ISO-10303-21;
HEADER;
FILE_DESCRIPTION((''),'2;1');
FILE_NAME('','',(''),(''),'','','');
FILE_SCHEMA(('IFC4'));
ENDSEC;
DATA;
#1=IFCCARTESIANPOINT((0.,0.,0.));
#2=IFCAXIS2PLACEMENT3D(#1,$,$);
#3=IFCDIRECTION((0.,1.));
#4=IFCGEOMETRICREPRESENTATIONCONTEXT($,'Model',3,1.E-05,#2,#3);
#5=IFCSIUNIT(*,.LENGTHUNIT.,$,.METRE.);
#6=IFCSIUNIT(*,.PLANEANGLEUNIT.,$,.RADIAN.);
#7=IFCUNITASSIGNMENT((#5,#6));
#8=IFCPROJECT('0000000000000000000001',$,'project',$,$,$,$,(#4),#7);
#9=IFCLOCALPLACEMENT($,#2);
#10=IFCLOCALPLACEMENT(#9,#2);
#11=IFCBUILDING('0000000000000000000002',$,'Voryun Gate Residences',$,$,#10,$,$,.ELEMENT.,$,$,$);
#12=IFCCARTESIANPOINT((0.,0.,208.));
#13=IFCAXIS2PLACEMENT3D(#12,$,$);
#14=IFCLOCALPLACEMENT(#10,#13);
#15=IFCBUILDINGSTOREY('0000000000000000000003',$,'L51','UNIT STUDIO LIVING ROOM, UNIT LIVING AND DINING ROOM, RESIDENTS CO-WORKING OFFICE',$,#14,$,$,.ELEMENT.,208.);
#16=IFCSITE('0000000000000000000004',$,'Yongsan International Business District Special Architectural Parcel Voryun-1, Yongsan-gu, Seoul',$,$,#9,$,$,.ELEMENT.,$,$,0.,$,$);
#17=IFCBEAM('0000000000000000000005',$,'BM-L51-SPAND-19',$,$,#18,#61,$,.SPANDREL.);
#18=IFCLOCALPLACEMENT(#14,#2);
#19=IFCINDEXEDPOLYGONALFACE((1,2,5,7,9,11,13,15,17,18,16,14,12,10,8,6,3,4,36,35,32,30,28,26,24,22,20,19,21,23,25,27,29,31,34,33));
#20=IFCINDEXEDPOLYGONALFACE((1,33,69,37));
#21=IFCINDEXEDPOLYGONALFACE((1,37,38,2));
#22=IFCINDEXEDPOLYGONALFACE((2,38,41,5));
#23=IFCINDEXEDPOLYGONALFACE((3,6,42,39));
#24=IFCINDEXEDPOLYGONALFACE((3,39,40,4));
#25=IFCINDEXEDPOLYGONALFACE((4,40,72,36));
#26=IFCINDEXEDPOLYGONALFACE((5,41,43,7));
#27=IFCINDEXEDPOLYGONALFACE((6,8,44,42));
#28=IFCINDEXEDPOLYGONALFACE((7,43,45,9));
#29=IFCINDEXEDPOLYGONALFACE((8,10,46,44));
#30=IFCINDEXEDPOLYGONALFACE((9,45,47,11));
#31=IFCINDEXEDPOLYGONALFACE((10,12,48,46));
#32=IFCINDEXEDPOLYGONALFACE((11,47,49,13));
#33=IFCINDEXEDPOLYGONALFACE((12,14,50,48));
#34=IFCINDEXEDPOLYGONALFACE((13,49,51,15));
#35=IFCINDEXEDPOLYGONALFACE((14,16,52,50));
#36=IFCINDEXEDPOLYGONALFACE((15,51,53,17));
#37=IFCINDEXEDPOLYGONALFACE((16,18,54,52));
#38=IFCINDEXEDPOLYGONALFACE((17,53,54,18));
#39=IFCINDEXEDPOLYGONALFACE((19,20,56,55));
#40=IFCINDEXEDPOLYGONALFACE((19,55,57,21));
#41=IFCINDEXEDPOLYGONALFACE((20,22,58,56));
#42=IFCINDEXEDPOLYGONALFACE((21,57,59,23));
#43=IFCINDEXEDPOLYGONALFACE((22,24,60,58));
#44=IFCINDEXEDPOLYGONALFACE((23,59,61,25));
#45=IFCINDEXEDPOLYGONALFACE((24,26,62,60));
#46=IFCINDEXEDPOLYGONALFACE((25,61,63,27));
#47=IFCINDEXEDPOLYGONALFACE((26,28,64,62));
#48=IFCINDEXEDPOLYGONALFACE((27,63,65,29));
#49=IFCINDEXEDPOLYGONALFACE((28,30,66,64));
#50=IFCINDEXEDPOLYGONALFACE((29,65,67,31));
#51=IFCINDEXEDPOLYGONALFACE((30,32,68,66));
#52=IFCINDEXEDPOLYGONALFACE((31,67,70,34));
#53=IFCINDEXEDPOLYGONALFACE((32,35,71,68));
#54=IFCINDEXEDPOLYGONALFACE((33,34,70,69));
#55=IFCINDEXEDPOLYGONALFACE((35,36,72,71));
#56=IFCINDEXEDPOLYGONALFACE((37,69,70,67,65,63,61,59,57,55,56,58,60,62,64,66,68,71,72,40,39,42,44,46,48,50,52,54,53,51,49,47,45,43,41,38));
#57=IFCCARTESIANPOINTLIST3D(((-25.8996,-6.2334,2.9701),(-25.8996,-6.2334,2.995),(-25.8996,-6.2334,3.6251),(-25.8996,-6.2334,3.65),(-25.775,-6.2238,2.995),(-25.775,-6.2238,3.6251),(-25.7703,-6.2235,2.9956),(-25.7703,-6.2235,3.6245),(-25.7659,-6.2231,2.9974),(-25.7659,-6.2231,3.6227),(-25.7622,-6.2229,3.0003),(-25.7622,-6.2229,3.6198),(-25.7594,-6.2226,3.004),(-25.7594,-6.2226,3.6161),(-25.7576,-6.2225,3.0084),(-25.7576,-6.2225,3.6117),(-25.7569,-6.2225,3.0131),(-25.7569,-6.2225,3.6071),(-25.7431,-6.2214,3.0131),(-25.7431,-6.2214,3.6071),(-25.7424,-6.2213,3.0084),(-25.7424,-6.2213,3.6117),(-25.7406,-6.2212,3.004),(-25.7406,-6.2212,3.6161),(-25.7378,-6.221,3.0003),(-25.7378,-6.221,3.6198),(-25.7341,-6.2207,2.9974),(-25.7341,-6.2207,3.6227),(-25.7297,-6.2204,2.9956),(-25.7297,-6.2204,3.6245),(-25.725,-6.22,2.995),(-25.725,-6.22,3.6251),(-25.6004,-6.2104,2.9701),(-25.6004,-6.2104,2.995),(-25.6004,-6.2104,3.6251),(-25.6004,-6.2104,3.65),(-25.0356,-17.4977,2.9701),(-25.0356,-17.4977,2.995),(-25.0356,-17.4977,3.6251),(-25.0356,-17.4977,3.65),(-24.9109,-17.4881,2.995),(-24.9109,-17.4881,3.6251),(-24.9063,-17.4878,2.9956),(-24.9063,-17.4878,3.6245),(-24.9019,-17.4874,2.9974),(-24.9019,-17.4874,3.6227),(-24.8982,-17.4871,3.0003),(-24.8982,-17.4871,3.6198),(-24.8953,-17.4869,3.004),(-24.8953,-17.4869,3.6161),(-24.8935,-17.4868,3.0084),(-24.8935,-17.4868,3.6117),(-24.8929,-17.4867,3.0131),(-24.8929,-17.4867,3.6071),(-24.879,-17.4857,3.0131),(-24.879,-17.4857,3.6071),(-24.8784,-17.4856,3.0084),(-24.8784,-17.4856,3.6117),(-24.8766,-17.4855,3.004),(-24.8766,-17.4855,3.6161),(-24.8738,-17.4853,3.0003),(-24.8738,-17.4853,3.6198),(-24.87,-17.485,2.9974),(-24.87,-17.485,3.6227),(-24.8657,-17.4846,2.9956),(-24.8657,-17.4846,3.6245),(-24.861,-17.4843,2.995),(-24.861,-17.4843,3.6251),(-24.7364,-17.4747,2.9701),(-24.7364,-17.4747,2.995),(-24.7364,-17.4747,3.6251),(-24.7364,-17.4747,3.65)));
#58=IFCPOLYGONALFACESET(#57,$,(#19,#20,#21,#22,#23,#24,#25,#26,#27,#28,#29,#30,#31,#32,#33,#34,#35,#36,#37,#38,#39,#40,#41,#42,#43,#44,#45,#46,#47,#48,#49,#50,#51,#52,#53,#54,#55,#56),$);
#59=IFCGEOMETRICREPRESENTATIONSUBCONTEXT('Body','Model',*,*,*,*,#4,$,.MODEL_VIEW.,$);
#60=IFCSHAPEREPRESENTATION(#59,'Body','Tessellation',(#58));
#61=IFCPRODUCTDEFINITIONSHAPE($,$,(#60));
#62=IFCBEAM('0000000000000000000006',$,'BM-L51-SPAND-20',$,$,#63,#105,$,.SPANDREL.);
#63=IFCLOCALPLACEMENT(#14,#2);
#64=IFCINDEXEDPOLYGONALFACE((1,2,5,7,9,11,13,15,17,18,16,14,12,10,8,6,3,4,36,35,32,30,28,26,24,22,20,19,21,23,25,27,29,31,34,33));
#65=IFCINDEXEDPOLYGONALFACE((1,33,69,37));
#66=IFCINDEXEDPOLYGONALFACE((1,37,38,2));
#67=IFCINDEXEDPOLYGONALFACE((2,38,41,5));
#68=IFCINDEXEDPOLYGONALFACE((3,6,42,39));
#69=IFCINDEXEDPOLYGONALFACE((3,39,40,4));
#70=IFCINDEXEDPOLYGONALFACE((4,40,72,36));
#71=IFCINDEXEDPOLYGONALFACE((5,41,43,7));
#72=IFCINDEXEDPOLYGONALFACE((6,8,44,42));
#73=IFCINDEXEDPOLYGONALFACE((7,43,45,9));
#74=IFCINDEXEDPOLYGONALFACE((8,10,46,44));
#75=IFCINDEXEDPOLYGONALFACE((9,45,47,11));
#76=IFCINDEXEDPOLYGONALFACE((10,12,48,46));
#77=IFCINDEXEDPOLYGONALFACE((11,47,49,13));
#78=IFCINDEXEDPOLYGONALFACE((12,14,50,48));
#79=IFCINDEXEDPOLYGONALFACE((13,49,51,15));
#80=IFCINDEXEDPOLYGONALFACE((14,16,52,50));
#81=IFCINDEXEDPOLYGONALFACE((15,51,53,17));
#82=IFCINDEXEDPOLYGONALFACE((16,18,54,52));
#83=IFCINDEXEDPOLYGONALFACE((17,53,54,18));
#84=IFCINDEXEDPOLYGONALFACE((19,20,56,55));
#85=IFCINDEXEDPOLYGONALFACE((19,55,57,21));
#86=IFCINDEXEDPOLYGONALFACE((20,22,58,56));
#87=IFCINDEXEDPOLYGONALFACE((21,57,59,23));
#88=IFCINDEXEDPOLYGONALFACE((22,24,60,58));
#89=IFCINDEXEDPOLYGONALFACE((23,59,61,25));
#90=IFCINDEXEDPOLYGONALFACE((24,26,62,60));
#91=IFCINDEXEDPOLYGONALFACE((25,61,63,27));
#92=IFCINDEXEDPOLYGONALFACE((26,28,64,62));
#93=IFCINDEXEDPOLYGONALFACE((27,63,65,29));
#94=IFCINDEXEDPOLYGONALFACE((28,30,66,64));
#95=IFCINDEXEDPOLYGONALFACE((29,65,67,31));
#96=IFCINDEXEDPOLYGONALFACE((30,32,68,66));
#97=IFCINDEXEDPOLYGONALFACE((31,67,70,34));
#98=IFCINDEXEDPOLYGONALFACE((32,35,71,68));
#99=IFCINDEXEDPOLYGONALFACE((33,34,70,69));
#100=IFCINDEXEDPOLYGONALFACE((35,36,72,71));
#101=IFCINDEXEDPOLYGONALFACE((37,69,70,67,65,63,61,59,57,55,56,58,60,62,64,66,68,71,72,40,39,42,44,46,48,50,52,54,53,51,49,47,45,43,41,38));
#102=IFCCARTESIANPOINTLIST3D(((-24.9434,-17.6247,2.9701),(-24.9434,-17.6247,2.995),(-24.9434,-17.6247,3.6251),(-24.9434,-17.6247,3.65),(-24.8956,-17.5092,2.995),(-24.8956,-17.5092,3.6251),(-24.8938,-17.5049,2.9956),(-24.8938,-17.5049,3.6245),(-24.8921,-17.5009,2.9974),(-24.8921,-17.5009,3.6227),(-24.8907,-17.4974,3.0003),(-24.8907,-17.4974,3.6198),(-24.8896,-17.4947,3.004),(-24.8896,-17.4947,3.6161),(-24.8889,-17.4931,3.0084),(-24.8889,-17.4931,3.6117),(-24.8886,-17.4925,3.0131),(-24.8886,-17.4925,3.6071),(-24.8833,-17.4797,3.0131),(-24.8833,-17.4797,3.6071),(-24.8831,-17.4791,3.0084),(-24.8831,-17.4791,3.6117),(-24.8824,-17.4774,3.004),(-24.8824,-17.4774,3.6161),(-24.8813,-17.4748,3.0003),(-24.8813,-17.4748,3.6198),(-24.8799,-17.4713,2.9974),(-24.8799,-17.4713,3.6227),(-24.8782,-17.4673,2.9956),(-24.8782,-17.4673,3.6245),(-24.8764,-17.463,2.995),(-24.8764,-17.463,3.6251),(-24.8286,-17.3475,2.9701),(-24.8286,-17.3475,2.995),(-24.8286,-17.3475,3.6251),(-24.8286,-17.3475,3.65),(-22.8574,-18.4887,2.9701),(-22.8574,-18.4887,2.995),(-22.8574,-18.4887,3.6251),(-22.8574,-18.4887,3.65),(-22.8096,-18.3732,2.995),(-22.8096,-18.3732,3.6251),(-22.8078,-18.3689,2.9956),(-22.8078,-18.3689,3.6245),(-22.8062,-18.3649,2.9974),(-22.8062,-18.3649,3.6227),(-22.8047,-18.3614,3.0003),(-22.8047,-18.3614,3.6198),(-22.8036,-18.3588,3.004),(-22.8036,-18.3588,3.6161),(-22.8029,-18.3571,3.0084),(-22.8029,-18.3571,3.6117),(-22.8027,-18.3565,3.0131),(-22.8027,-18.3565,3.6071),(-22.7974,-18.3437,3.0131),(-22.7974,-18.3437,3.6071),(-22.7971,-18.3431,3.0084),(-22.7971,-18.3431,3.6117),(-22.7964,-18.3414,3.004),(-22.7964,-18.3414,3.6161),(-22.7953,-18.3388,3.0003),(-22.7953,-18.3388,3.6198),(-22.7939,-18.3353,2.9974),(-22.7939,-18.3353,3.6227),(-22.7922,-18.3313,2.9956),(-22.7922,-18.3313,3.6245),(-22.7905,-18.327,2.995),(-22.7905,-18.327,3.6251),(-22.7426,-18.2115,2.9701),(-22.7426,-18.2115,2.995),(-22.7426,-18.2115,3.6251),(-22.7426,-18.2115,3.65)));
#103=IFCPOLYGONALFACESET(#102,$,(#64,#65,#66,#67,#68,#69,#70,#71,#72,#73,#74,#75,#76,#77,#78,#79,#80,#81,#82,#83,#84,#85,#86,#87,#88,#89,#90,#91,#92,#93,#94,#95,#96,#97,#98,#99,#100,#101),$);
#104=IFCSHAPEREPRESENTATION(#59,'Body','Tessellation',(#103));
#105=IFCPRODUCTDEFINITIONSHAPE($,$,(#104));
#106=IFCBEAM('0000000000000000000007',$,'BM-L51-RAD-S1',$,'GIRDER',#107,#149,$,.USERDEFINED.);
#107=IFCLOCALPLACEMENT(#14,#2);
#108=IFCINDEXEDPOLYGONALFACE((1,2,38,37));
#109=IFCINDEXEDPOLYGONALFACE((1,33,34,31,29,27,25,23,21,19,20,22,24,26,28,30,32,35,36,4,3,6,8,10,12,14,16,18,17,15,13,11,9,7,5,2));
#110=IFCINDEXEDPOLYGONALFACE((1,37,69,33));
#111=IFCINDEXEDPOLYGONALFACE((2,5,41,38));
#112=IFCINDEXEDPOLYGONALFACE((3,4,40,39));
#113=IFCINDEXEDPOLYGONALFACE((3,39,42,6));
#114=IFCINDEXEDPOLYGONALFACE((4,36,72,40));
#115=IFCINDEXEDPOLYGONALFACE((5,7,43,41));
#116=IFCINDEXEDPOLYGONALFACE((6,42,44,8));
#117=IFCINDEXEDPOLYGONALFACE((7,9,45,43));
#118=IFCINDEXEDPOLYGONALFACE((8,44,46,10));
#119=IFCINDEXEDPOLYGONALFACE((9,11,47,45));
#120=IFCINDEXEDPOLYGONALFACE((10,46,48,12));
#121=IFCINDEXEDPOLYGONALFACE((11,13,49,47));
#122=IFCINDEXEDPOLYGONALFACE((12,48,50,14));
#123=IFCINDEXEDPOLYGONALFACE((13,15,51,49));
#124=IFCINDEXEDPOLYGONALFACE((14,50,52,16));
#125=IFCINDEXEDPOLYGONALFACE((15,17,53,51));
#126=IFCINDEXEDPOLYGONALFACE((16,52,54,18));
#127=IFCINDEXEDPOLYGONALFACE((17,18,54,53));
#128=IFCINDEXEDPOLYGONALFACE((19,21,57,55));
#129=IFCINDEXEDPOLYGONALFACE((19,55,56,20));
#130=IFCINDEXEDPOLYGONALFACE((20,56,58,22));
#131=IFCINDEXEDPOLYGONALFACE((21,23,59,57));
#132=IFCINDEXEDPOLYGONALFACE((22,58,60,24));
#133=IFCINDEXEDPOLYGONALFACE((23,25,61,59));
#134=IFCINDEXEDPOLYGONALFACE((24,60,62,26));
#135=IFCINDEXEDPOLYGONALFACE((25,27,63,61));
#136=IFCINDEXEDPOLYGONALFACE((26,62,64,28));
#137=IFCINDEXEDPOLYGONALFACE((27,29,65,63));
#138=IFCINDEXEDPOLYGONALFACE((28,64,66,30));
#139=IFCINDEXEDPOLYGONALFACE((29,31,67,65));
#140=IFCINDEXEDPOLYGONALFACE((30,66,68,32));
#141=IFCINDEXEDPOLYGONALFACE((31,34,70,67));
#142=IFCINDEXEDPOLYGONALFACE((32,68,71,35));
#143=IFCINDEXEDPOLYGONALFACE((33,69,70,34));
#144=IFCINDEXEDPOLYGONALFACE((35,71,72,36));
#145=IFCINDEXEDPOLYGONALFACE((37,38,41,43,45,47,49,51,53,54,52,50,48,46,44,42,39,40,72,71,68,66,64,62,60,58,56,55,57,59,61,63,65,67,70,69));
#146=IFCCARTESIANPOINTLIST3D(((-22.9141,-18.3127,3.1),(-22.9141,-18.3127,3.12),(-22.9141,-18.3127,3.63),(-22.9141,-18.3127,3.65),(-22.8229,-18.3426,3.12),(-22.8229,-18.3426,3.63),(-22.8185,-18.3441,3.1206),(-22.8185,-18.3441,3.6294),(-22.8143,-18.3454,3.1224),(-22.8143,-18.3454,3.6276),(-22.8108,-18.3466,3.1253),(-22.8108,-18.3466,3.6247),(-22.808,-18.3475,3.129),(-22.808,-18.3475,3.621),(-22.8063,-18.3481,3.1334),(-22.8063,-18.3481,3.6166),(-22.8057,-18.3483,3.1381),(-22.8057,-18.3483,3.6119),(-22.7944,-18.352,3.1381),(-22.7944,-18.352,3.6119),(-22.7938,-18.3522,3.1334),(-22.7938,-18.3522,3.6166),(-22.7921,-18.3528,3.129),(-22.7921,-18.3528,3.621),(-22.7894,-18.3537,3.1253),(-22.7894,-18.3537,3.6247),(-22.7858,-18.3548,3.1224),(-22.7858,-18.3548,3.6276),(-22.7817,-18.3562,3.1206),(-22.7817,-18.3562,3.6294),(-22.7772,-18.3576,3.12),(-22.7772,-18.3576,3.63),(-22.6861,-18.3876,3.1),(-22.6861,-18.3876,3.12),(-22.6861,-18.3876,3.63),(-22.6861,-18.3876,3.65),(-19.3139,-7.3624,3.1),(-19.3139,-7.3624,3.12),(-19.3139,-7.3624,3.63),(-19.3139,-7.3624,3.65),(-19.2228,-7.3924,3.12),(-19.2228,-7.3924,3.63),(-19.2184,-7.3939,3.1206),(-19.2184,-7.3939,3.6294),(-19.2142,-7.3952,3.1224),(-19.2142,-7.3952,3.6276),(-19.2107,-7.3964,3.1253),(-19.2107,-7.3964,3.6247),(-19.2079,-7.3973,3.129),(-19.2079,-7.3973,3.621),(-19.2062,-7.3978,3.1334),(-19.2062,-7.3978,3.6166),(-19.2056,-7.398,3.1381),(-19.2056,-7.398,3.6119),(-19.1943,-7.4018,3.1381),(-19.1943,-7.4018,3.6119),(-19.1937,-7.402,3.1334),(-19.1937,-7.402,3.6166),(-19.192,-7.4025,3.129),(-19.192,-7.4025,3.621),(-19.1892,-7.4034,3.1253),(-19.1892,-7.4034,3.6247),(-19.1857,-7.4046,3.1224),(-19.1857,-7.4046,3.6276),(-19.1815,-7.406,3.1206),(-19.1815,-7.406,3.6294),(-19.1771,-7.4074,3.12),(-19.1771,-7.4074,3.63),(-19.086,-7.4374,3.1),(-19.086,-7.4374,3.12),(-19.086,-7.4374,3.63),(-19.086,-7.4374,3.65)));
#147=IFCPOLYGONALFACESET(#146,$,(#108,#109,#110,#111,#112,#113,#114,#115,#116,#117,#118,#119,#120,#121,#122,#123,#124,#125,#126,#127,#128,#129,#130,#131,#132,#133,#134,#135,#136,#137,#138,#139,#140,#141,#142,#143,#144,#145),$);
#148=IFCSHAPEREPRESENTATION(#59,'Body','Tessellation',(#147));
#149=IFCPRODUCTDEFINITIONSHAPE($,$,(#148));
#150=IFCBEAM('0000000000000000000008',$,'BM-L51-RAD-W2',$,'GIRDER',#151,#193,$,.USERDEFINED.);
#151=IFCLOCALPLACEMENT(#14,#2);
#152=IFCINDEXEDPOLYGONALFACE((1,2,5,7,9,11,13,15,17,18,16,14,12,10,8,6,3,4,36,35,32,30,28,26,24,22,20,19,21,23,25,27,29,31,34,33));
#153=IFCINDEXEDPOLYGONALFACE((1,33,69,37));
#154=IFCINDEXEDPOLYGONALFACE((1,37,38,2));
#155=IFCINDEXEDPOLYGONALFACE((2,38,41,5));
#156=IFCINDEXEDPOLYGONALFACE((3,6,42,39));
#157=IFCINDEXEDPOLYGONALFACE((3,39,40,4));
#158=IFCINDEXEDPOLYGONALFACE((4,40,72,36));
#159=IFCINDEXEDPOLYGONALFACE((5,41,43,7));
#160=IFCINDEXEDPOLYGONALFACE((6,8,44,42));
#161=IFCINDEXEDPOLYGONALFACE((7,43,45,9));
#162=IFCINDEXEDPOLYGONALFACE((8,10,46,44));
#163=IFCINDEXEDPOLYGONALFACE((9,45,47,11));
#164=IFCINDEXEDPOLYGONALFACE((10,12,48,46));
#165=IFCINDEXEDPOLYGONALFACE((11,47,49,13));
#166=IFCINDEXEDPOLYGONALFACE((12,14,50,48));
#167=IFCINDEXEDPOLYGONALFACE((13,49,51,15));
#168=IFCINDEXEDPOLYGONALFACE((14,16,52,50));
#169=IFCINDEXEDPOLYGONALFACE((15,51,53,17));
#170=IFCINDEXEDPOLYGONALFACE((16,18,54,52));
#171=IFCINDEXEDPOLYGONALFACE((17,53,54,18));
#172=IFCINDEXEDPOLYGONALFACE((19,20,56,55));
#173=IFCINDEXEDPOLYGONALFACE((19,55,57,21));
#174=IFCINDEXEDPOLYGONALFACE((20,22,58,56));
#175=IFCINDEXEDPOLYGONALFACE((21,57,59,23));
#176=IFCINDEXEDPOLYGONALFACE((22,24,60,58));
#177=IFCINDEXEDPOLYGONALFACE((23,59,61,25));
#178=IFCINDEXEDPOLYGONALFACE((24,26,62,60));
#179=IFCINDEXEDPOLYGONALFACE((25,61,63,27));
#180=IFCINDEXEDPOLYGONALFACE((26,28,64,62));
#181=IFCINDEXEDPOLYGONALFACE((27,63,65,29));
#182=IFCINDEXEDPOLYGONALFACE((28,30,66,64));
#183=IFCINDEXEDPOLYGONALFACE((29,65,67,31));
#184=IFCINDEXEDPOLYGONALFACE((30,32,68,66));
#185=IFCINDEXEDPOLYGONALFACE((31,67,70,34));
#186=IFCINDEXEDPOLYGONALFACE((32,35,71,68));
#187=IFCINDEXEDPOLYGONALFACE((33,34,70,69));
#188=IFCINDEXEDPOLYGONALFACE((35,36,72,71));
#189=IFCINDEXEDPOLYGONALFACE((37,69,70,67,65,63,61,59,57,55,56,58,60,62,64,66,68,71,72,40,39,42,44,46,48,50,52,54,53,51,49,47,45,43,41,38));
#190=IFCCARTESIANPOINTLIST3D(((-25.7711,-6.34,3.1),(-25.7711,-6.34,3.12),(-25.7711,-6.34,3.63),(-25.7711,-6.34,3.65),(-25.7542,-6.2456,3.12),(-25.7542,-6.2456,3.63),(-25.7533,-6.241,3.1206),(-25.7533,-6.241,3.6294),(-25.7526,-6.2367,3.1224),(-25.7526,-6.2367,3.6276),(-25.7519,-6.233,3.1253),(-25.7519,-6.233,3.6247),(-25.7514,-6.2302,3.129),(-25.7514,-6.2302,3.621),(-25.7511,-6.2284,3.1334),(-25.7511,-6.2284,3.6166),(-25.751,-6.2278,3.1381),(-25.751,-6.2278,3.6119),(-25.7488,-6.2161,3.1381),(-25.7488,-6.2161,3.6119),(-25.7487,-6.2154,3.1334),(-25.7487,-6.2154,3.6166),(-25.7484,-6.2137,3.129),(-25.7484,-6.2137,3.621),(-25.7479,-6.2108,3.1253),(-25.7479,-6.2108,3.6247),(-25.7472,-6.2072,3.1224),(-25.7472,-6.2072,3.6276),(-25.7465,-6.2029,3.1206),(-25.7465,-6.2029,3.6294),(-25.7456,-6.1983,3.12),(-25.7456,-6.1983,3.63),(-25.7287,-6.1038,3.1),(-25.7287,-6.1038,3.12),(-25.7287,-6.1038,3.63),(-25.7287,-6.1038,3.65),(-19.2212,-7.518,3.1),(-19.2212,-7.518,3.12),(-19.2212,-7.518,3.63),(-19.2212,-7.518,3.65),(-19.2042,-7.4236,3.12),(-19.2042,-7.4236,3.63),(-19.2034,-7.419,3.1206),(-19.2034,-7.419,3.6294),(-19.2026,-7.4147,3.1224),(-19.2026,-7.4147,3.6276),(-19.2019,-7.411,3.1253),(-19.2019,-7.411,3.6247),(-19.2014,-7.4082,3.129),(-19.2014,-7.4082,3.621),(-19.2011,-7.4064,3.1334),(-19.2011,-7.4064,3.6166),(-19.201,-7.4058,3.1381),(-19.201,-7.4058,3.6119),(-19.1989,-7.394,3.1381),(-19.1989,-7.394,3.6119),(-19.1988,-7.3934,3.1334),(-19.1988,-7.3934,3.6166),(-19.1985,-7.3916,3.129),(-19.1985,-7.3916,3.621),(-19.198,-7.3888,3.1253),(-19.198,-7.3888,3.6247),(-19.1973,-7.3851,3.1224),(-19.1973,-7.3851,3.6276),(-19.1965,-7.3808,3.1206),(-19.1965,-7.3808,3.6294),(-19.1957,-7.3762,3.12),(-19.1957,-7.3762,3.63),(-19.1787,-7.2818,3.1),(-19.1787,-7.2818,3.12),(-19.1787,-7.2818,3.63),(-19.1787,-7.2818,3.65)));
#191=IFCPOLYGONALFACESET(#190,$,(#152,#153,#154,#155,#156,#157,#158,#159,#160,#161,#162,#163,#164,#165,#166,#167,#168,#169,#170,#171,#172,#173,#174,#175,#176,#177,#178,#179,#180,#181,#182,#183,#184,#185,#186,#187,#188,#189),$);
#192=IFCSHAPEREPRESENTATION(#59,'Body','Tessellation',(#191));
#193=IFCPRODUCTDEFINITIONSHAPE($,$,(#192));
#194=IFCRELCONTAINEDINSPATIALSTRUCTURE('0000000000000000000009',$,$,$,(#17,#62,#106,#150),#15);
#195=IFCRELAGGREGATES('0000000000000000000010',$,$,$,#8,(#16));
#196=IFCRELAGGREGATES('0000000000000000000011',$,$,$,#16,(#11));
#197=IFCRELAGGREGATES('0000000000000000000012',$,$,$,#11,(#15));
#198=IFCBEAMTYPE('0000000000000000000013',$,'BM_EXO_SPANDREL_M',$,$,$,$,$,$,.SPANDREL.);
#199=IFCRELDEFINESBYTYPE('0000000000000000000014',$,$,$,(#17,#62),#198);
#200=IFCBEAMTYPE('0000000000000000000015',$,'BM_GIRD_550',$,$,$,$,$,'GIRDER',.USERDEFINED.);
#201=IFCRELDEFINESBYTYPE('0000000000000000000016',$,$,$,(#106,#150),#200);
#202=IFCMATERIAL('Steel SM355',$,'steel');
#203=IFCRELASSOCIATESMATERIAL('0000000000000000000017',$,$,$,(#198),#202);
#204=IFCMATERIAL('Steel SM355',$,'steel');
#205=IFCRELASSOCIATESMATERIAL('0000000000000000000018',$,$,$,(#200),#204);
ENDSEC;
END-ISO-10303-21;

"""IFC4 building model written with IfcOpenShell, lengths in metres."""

from ifc_helpers import new_model, si_unit, direction, frame, origin, origin_2d, place, context, subcontext, project, spatial, i_section, extrude, material, material_profile, profile_set, type_object, element, save


model = new_model("IFC4")

# Units and contexts
model_context = context("Model", 3, precision=1e-05, world=origin(), true_north=direction((0.0, 1.0)))
body_context = subcontext(model_context, "Body", "Model", "MODEL_VIEW")
ifc_project = project(units=[si_unit("LENGTHUNIT", "METRE"), si_unit("PLANEANGLEUNIT", "RADIAN")], contexts=[model_context])

# Site, building, storey
site_placement = place(None, origin())
site = spatial("IfcSite", under=ifc_project, at=site_placement, Name="Yongsan International Business District Special Architectural Parcel Voryun-1, Yongsan-gu, Seoul", CompositionType="ELEMENT", RefElevation=0.0)
building_placement = place(site_placement, origin())
building = spatial("IfcBuilding", under=site, at=building_placement, Name="Voryun Gate Residences", CompositionType="ELEMENT")
storey_placement = place(building_placement, frame((0.0, 0.0, 208.0)))
storey = spatial("IfcBuildingStorey", under=building, at=storey_placement, Name="L51", Description="UNIT STUDIO LIVING ROOM, UNIT LIVING AND DINING ROOM, RESIDENTS CO-WORKING OFFICE", CompositionType="ELEMENT", Elevation=208.0)

# Beams
ifc_material_1 = material(Name="Steel SM355", Category="steel")
ifc_material_profile_1 = material_profile(ifc_material_1, i_section(OverallWidth=0.3, OverallDepth=0.6799, WebThickness=0.0139, FlangeThickness=0.0249, FilletRadius=0.0181, at=origin_2d()), Name="H-680x300x14x25")
ifc_profile_set_1 = profile_set([ifc_material_profile_1], Name="Steel SM355")
beam_type_1 = type_object("IfcBeamType", Name="BM_EXO_SPANDREL_M", PredefinedType="SPANDREL", material=ifc_profile_set_1)
beam_1_placement = place(storey_placement, frame((-25.75, -6.2219, 3.3101), z_axis=(0.07648, -0.997071, 0.0), x_axis=(0.997071, 0.07648, 0.0)))
element("IfcBeam", 1, at=beam_1_placement, inside=storey, type_object=beam_type_1, Name="BM-L51-SPAND-19", PredefinedType="SPANDREL", context=body_context, shape_type="SweptSolid", body=[
    extrude(i_section(OverallWidth=0.3, OverallDepth=0.6799, WebThickness=0.0139, FlangeThickness=0.0249, FilletRadius=0.0181, at=origin_2d()), origin(), (0.0, 0.0, 1.0), 11.2974),
])
beam_2_placement = place(storey_placement, frame((-24.886, -17.4861, 3.3101), z_axis=(0.923881, -0.38268, 0.0), x_axis=(0.38268, 0.923881, 0.0)))
element("IfcBeam", 2, at=beam_2_placement, inside=storey, type_object=beam_type_1, Name="BM-L51-SPAND-20", PredefinedType="SPANDREL", context=body_context, shape_type="SweptSolid", body=[
    extrude(i_section(OverallWidth=0.3, OverallDepth=0.6799, WebThickness=0.0139, FlangeThickness=0.0249, FilletRadius=0.0181, at=origin_2d()), origin(), (0.0, 0.0, 1.0), 2.2578),
])
ifc_material_2 = material(Name="Steel SM355", Category="steel")
ifc_material_profile_2 = material_profile(ifc_material_2, i_section(OverallWidth=0.24, OverallDepth=0.55, WebThickness=0.012, FlangeThickness=0.02, FilletRadius=0.0181, at=origin_2d()), Name="H-550x240x12x20")
ifc_profile_set_2 = profile_set([ifc_material_profile_2], Name="Steel SM355")
beam_type_2 = type_object("IfcBeamType", Name="BM_GIRD_550", ElementType="GIRDER", PredefinedType="USERDEFINED", material=ifc_profile_set_2)
beam_3_placement = place(storey_placement, frame((-19.2, -7.3999, 3.375), z_axis=(-0.312324, -0.949976, 0.0), x_axis=(0.949976, -0.312324, 0.0)))
element("IfcBeam", 3, at=beam_3_placement, inside=storey, type_object=beam_type_2, Name="BM-L51-RAD-S1", ObjectType="GIRDER", PredefinedType="USERDEFINED", context=body_context, shape_type="SweptSolid", body=[
    extrude(i_section(OverallWidth=0.24, OverallDepth=0.55, WebThickness=0.012, FlangeThickness=0.02, FilletRadius=0.0181, at=origin_2d()), origin(), (0.0, 0.0, 1.0), 11.5269),
])
beam_4_placement = place(storey_placement, frame((-19.2, -7.3999, 3.375), z_axis=(-0.98421, 0.177003, 0.0), x_axis=(-0.177003, -0.98421, 0.0)))
element("IfcBeam", 4, at=beam_4_placement, inside=storey, type_object=beam_type_2, Name="BM-L51-RAD-W2", ObjectType="GIRDER", PredefinedType="USERDEFINED", context=body_context, shape_type="SweptSolid", body=[
    extrude(i_section(OverallWidth=0.24, OverallDepth=0.55, WebThickness=0.012, FlangeThickness=0.02, FilletRadius=0.0181, at=origin_2d()), origin(), (0.0, 0.0, 1.0), 6.655),
])

save(model, "model.ifc")
